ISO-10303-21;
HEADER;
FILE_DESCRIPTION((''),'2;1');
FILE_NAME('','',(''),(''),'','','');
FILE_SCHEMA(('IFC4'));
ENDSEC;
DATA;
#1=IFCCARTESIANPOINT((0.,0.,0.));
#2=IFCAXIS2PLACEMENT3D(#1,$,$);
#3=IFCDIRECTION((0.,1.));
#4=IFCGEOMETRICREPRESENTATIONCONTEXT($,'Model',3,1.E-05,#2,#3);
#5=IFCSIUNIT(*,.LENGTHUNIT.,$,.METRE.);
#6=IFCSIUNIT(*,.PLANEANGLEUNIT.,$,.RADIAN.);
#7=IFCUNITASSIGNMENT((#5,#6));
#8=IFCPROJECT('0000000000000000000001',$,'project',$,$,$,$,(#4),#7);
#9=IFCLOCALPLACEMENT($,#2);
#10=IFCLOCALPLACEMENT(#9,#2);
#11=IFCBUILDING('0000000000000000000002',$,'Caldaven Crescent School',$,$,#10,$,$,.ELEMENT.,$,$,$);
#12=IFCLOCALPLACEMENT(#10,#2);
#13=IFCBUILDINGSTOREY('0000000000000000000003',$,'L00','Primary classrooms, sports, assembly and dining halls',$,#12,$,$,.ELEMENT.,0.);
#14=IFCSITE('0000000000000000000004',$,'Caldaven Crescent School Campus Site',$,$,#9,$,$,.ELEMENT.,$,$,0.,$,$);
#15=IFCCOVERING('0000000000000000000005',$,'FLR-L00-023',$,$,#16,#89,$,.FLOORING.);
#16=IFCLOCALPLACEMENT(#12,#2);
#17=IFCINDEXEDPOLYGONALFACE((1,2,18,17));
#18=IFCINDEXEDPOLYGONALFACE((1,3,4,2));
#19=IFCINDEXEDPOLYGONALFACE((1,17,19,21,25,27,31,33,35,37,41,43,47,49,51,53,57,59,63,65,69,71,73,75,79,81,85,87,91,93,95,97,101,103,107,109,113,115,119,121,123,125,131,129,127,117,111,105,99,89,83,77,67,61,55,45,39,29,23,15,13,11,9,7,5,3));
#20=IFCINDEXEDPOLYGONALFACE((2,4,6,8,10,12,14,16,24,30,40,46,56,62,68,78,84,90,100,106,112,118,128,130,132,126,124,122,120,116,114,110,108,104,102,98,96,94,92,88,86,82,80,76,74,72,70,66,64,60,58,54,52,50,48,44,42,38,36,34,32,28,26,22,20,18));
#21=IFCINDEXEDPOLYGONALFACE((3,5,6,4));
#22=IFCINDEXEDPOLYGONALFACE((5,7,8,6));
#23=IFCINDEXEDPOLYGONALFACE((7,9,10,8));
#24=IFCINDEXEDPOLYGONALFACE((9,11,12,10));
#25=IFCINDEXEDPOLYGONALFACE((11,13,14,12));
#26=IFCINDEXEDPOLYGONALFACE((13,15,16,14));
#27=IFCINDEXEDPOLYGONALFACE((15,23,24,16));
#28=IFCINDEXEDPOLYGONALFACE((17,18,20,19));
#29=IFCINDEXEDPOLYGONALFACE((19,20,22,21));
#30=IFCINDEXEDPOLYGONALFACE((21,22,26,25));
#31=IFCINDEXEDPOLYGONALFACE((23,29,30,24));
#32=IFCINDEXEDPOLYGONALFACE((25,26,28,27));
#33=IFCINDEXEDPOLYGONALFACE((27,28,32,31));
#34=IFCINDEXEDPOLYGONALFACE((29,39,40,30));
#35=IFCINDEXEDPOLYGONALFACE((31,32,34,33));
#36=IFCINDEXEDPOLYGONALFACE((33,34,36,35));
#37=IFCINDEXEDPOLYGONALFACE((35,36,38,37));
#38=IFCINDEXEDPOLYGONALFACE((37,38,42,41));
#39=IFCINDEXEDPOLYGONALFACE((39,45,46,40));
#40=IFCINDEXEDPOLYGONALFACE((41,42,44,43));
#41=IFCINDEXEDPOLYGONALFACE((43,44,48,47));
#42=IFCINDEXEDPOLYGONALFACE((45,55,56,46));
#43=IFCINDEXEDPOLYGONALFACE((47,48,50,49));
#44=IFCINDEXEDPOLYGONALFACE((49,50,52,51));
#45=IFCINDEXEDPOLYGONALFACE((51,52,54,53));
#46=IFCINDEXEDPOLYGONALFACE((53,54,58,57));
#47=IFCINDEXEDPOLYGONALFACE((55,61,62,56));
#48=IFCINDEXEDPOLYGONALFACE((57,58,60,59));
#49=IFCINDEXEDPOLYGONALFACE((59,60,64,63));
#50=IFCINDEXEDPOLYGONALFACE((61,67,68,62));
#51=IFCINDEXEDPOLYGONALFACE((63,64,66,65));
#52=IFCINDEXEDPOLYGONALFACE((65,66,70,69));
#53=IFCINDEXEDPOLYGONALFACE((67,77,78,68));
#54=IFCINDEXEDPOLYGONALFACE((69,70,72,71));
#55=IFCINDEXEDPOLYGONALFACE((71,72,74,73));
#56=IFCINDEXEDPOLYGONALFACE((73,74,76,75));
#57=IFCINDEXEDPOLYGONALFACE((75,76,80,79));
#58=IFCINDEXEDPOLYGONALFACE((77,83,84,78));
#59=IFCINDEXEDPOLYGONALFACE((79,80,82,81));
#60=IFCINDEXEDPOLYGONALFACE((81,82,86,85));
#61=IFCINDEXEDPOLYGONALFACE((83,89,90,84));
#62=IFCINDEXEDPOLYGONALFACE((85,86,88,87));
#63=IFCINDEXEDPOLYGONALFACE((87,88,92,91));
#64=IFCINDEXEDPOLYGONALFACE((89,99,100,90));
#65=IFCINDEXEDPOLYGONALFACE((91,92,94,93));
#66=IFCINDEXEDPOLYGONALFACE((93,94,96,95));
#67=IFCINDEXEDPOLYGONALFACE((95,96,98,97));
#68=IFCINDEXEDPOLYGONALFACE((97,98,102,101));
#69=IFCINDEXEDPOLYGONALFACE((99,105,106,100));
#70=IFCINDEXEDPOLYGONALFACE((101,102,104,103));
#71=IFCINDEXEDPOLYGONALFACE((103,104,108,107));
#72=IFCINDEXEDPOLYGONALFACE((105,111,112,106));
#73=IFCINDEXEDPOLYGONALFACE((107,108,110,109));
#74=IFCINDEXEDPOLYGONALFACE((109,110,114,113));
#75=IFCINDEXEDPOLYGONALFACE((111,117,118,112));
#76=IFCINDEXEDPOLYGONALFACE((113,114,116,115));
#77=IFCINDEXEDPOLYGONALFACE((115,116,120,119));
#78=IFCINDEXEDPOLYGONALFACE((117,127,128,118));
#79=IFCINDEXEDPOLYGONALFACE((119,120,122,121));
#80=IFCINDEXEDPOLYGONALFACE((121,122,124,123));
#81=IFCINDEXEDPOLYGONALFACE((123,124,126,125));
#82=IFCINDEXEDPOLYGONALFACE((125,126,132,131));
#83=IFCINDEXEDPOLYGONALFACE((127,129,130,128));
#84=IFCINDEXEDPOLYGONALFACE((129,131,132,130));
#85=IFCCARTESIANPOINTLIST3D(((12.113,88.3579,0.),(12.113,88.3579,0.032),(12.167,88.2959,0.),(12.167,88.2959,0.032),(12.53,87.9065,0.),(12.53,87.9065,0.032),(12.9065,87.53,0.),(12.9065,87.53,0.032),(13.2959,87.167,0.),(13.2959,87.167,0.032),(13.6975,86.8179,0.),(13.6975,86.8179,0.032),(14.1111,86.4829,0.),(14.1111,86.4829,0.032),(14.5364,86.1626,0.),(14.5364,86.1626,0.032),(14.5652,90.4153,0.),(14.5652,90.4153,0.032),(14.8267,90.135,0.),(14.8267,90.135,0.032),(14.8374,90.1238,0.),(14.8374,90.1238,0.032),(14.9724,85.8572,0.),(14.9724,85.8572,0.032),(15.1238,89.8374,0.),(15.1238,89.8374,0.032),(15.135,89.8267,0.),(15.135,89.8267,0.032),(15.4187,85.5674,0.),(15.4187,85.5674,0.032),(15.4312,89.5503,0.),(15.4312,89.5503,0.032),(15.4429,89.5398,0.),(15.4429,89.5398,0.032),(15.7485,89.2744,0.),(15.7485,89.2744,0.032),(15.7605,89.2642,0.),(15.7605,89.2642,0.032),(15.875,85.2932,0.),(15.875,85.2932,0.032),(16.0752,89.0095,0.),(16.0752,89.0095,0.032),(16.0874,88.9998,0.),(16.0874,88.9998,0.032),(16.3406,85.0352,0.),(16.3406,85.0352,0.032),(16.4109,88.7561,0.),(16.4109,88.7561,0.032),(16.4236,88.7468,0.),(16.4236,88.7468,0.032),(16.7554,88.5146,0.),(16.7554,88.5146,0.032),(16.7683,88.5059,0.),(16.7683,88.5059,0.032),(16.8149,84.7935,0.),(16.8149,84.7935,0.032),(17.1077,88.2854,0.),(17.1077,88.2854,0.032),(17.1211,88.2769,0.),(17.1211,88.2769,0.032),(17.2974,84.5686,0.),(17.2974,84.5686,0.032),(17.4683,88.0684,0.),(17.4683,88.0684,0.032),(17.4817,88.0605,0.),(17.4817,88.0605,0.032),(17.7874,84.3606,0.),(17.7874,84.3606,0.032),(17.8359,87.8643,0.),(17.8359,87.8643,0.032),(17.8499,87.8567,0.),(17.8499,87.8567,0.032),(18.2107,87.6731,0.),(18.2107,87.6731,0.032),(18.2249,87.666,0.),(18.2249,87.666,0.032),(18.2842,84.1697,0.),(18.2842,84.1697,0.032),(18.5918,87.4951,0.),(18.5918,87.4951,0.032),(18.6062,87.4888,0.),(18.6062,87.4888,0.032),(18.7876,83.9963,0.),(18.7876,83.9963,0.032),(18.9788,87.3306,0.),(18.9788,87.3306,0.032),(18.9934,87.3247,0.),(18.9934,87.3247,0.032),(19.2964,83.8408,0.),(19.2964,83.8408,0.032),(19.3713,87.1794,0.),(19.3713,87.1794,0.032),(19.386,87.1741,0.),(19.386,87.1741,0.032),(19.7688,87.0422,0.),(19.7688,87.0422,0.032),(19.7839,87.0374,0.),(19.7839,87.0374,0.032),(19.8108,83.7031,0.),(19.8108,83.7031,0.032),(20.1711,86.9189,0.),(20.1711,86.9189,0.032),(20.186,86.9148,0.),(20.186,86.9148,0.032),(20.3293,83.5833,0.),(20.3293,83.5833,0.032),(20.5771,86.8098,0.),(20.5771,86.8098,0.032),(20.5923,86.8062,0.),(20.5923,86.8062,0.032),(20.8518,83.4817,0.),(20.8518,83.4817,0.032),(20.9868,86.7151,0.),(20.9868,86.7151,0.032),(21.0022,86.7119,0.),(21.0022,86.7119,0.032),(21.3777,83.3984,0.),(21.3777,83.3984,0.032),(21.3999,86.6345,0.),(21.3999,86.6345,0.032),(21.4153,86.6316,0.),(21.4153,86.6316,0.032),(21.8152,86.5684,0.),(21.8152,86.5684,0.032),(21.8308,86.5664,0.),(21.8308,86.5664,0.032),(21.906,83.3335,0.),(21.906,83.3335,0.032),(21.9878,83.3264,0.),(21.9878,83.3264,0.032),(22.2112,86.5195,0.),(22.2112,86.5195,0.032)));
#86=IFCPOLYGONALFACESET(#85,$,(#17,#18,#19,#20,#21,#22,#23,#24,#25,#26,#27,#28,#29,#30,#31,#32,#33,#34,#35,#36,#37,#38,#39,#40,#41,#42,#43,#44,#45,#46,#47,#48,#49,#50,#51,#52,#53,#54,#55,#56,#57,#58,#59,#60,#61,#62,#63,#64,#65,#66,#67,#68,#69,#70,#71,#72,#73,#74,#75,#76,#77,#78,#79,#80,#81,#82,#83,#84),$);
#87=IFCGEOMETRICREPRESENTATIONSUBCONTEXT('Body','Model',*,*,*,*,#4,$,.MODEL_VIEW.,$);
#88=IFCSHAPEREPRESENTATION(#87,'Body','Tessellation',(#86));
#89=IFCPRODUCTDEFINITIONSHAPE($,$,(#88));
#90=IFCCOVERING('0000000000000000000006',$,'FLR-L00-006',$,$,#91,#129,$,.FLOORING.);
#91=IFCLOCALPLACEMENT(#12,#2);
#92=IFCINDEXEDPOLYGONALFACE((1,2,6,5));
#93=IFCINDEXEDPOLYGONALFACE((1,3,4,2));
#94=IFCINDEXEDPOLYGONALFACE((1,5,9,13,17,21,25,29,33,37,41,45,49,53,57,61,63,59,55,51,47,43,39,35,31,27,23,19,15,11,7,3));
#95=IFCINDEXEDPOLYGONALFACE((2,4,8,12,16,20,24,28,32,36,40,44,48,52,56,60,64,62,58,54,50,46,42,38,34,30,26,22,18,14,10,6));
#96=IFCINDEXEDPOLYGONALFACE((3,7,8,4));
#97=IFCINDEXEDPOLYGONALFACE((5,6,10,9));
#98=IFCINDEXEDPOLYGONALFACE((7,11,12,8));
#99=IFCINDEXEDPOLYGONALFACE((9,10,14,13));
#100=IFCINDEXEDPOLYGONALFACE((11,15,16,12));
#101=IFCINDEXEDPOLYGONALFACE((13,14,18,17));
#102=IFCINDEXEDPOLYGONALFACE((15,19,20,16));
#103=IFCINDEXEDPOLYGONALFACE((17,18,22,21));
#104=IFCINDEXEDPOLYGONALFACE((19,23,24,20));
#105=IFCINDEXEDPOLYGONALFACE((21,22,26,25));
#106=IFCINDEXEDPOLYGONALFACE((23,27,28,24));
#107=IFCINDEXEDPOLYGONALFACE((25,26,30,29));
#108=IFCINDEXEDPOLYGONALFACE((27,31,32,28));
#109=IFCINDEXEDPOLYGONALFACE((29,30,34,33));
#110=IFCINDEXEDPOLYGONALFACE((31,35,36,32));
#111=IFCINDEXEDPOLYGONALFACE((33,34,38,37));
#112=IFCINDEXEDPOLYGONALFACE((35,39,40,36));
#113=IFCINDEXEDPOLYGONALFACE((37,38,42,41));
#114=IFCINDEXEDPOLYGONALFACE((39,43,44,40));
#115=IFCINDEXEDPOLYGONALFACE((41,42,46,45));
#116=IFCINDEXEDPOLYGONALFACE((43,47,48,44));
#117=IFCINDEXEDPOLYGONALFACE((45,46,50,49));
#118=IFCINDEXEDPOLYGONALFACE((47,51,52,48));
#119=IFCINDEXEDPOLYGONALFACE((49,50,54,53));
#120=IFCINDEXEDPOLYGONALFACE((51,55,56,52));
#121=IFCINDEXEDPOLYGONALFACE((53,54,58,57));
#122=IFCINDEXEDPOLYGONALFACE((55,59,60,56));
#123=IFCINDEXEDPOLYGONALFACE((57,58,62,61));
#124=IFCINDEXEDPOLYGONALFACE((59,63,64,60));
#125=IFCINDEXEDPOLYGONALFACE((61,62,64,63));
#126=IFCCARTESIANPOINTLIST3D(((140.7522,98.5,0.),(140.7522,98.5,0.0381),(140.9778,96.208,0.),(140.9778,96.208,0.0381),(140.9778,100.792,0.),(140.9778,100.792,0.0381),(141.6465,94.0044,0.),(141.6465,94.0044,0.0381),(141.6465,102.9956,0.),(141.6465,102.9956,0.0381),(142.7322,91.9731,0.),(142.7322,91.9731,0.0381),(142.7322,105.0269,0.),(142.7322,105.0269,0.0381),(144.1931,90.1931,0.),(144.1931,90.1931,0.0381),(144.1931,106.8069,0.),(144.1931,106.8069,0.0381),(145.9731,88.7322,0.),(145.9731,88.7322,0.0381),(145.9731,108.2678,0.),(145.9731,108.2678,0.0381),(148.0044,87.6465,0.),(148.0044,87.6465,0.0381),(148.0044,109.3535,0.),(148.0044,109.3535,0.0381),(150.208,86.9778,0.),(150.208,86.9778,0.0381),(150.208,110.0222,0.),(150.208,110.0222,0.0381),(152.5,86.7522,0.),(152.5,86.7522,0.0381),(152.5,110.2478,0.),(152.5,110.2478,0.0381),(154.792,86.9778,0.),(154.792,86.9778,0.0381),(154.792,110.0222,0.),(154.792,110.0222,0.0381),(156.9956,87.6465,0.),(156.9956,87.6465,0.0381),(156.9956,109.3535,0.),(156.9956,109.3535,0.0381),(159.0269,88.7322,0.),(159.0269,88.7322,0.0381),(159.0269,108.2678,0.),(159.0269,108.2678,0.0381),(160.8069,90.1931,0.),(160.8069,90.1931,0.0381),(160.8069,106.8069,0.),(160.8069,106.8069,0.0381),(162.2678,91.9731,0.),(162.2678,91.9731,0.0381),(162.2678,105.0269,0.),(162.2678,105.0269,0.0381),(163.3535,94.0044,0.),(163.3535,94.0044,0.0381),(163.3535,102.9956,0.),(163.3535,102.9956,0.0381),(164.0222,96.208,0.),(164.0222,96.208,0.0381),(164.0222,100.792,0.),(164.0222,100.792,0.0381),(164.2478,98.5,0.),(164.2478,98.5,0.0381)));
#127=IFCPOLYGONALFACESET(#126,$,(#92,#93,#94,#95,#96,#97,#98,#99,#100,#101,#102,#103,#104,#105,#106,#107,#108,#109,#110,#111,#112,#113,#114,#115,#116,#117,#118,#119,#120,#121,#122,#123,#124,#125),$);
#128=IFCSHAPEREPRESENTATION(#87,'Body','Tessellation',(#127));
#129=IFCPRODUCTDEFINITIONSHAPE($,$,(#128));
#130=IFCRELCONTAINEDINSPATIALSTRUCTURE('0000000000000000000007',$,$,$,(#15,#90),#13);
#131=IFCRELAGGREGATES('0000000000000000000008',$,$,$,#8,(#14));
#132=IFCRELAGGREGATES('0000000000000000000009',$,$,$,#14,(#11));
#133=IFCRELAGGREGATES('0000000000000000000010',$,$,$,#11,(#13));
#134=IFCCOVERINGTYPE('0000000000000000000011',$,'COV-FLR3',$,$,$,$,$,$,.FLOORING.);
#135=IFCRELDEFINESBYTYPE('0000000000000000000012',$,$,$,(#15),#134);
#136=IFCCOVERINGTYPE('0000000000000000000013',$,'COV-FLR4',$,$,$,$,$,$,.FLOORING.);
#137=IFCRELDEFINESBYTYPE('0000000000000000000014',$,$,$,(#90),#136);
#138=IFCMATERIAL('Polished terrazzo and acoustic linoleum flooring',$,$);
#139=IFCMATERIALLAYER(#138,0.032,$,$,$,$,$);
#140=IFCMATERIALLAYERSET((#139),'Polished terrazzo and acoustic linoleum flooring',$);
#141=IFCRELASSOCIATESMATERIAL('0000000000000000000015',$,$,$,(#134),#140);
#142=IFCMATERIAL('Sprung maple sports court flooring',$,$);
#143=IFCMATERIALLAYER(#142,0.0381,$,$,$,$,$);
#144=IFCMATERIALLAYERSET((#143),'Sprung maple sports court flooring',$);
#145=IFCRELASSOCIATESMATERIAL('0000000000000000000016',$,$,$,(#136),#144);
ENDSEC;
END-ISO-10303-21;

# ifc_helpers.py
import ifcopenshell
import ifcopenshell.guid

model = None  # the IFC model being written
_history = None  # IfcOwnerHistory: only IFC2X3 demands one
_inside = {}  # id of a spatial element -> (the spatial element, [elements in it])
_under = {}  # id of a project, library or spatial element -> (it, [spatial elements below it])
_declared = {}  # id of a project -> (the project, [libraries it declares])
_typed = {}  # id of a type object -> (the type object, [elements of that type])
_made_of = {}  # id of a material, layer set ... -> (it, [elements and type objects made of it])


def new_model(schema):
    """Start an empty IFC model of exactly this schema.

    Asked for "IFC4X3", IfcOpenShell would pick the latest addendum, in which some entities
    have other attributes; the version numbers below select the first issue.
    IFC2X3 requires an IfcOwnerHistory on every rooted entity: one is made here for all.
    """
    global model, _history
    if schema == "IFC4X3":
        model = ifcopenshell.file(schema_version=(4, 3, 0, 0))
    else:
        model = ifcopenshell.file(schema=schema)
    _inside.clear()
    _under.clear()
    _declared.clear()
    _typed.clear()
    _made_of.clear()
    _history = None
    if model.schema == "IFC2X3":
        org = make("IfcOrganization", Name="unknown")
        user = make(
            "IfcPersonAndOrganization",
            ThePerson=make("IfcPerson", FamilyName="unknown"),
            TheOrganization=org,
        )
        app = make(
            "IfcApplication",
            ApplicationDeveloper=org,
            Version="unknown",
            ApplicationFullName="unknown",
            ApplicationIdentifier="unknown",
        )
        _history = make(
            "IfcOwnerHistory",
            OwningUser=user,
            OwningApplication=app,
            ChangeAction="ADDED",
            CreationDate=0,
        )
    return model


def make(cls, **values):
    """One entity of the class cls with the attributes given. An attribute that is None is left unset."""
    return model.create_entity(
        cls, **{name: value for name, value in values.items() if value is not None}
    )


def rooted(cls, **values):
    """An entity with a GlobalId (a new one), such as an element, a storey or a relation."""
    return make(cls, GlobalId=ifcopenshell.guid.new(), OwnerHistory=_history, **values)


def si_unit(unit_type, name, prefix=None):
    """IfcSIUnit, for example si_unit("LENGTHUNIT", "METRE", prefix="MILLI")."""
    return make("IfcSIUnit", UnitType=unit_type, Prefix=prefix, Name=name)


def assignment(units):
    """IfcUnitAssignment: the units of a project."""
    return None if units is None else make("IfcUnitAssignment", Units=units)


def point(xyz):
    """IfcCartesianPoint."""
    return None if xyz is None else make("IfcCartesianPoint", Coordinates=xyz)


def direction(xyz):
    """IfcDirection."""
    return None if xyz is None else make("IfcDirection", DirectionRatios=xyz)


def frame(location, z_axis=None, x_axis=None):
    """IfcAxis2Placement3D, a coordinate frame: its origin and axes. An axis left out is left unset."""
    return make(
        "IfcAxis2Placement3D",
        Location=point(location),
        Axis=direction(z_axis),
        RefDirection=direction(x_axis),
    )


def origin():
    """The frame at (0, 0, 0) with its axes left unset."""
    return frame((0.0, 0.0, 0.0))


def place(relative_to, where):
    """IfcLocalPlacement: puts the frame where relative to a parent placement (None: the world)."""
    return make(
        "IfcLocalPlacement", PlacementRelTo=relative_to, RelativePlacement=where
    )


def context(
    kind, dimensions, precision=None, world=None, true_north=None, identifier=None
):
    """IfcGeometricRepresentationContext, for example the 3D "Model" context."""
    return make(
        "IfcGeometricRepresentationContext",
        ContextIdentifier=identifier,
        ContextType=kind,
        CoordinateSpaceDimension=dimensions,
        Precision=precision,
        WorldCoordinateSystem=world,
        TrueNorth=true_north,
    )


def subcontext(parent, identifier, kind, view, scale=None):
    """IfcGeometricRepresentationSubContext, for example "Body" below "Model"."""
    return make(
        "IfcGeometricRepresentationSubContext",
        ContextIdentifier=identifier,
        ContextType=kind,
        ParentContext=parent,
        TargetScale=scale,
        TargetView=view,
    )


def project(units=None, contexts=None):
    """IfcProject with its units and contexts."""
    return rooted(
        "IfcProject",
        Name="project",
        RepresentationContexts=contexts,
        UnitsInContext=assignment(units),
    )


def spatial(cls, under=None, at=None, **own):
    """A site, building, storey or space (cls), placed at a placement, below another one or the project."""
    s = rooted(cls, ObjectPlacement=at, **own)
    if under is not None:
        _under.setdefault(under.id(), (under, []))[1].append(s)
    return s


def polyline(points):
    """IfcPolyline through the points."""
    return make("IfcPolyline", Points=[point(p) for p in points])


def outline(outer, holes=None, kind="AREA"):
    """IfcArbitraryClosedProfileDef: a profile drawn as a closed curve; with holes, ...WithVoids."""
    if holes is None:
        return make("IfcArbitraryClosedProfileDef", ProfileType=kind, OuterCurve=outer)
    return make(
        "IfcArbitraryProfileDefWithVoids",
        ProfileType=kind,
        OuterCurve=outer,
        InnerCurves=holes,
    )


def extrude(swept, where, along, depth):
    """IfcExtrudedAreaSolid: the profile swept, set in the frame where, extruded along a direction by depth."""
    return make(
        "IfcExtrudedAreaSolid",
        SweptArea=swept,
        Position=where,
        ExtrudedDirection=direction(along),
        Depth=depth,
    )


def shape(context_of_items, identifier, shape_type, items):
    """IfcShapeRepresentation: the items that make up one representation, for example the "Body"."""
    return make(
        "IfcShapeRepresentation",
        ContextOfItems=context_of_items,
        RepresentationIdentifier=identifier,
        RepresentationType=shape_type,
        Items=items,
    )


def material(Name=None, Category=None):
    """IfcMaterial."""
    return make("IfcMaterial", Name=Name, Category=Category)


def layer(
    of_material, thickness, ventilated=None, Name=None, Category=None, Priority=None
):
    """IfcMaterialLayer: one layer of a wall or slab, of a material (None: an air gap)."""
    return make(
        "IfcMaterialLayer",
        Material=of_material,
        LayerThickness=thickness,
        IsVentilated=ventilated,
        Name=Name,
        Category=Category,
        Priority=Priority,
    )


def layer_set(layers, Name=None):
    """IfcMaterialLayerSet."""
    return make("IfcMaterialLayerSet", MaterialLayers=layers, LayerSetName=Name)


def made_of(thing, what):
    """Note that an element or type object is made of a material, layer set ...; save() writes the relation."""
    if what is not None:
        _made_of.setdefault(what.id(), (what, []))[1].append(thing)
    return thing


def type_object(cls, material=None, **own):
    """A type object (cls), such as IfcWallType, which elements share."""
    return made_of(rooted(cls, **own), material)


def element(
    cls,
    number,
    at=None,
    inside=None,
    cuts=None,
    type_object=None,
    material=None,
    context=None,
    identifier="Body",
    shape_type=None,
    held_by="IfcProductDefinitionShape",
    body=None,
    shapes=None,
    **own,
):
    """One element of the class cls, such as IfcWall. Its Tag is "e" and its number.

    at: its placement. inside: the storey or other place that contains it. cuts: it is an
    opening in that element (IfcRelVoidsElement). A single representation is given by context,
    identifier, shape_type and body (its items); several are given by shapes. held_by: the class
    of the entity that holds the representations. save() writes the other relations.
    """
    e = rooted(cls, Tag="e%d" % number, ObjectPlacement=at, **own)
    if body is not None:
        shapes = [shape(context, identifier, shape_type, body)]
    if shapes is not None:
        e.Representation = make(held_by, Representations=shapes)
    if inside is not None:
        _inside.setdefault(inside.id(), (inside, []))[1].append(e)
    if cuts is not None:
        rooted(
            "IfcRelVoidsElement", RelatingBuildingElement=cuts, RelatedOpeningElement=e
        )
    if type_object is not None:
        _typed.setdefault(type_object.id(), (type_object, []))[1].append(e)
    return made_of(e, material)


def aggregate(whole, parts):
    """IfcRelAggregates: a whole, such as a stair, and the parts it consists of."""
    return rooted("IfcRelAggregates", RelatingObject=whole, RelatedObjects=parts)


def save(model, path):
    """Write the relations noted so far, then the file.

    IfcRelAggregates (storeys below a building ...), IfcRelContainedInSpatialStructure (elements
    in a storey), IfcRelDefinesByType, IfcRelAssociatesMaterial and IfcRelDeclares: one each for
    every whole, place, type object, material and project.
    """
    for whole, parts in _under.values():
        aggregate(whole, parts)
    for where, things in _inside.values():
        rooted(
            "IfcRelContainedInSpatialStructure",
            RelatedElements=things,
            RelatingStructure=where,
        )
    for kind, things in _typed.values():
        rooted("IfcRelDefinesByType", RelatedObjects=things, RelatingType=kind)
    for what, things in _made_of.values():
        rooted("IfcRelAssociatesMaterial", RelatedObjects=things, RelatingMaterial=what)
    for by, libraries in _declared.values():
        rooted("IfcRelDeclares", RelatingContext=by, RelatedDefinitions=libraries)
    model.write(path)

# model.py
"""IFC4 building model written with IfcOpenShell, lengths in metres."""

from ifc_helpers import new_model, si_unit, direction, origin, place, context, subcontext, project, spatial, polyline, outline, extrude, material, layer, layer_set, type_object, element, save


model = new_model("IFC4")

# Units and contexts
model_context = context("Model", 3, precision=1e-05, world=origin(), true_north=direction((0.0, 1.0)))
body_context = subcontext(model_context, "Body", "Model", "MODEL_VIEW")
ifc_project = project(units=[si_unit("LENGTHUNIT", "METRE"), si_unit("PLANEANGLEUNIT", "RADIAN")], contexts=[model_context])

# Site, building, storey
site_placement = place(None, origin())
site = spatial("IfcSite", under=ifc_project, at=site_placement, Name="Caldaven Crescent School Campus Site", CompositionType="ELEMENT", RefElevation=0.0)
building_placement = place(site_placement, origin())
building = spatial("IfcBuilding", under=site, at=building_placement, Name="Caldaven Crescent School", CompositionType="ELEMENT")
storey_placement = place(building_placement, origin())
storey = spatial("IfcBuildingStorey", under=building, at=storey_placement, Name="L00", Description="Primary classrooms, sports, assembly and dining halls", CompositionType="ELEMENT", Elevation=0.0)

# Coverings
ifc_material_1 = material(Name="Polished terrazzo and acoustic linoleum flooring")
ifc_layer_1 = layer(ifc_material_1, 0.032)
ifc_layer_set_1 = layer_set([ifc_layer_1], Name="Polished terrazzo and acoustic linoleum flooring")
covering_type_1 = type_object("IfcCoveringType", Name="COV-FLR3", PredefinedType="FLOORING", material=ifc_layer_set_1)
covering_1_placement = place(storey_placement, origin())
element("IfcCovering", 1, at=covering_1_placement, inside=storey, type_object=covering_type_1, Name="FLR-L00-023", PredefinedType="FLOORING", context=body_context, shape_type="SweptSolid", body=[
    extrude(outline(polyline([(14.5652, 90.4153), (14.8267, 90.135), (14.8374, 90.1238), (15.1238, 89.8374), (15.135, 89.8267), (15.4312, 89.5503), (15.4429, 89.5398), (15.7485, 89.2744), (15.7605, 89.2642), (16.0752, 89.0095), (16.0874, 88.9998), (16.4109, 88.7561), (16.4236, 88.7468), (16.7554, 88.5146), (16.7683, 88.5059), (17.1077, 88.2854), (17.1211, 88.2769), (17.4683, 88.0684), (17.4817, 88.0605), (17.8359, 87.8643), (17.8499, 87.8567), (18.2107, 87.6731), (18.2249, 87.666), (18.5918, 87.4951), (18.6062, 87.4888), (18.9788, 87.3306), (18.9934, 87.3247), (19.3713, 87.1794), (19.386, 87.1741), (19.7688, 87.0422), (19.7839, 87.0374), (20.1711, 86.9189), (20.186, 86.9148), (20.5771, 86.8098), (20.5923, 86.8062), (20.9868, 86.7151), (21.0022, 86.7119), (21.3999, 86.6345), (21.4153, 86.6316), (21.8152, 86.5684), (21.8308, 86.5664), (22.2112, 86.5195), (21.9878, 83.3264), (21.906, 83.3335), (21.3777, 83.3984), (20.8518, 83.4817), (20.3293, 83.5833), (19.8108, 83.7031), (19.2964, 83.8408), (18.7876, 83.9963), (18.2842, 84.1697), (17.7874, 84.3606), (17.2974, 84.5686), (16.8149, 84.7935), (16.3406, 85.0352), (15.875, 85.2932), (15.4187, 85.5674), (14.9724, 85.8572), (14.5364, 86.1626), (14.1111, 86.4829), (13.6975, 86.8179), (13.2959, 87.167), (12.9065, 87.53), (12.53, 87.9065), (12.167, 88.2959), (12.113, 88.3579), (14.5652, 90.4153)])), origin(), (0.0, 0.0, 1.0), 0.032),
])
ifc_material_2 = material(Name="Sprung maple sports court flooring")
ifc_layer_2 = layer(ifc_material_2, 0.0381)
ifc_layer_set_2 = layer_set([ifc_layer_2], Name="Sprung maple sports court flooring")
covering_type_2 = type_object("IfcCoveringType", Name="COV-FLR4", PredefinedType="FLOORING", material=ifc_layer_set_2)
covering_2_placement = place(storey_placement, origin())
element("IfcCovering", 2, at=covering_2_placement, inside=storey, type_object=covering_type_2, Name="FLR-L00-006", PredefinedType="FLOORING", context=body_context, shape_type="SweptSolid", body=[
    extrude(outline(polyline([(164.0222, 96.208), (163.3535, 94.0044), (162.2678, 91.9731), (160.8069, 90.1931), (159.0269, 88.7322), (156.9956, 87.6465), (154.792, 86.9778), (152.5, 86.7522), (150.208, 86.9778), (148.0044, 87.6465), (145.9731, 88.7322), (144.1931, 90.1931), (142.7322, 91.9731), (141.6465, 94.0044), (140.9778, 96.208), (140.7522, 98.5), (140.9778, 100.792), (141.6465, 102.9956), (142.7322, 105.0269), (144.1931, 106.8069), (145.9731, 108.2678), (148.0044, 109.3535), (150.208, 110.0222), (152.5, 110.2478), (154.792, 110.0222), (156.9956, 109.3535), (159.0269, 108.2678), (160.8069, 106.8069), (162.2678, 105.0269), (163.3535, 102.9956), (164.0222, 100.792), (164.2478, 98.5), (164.0222, 96.208)])), origin(), (0.0, 0.0, 1.0), 0.0381),
])

save(model, "model.ifc")
